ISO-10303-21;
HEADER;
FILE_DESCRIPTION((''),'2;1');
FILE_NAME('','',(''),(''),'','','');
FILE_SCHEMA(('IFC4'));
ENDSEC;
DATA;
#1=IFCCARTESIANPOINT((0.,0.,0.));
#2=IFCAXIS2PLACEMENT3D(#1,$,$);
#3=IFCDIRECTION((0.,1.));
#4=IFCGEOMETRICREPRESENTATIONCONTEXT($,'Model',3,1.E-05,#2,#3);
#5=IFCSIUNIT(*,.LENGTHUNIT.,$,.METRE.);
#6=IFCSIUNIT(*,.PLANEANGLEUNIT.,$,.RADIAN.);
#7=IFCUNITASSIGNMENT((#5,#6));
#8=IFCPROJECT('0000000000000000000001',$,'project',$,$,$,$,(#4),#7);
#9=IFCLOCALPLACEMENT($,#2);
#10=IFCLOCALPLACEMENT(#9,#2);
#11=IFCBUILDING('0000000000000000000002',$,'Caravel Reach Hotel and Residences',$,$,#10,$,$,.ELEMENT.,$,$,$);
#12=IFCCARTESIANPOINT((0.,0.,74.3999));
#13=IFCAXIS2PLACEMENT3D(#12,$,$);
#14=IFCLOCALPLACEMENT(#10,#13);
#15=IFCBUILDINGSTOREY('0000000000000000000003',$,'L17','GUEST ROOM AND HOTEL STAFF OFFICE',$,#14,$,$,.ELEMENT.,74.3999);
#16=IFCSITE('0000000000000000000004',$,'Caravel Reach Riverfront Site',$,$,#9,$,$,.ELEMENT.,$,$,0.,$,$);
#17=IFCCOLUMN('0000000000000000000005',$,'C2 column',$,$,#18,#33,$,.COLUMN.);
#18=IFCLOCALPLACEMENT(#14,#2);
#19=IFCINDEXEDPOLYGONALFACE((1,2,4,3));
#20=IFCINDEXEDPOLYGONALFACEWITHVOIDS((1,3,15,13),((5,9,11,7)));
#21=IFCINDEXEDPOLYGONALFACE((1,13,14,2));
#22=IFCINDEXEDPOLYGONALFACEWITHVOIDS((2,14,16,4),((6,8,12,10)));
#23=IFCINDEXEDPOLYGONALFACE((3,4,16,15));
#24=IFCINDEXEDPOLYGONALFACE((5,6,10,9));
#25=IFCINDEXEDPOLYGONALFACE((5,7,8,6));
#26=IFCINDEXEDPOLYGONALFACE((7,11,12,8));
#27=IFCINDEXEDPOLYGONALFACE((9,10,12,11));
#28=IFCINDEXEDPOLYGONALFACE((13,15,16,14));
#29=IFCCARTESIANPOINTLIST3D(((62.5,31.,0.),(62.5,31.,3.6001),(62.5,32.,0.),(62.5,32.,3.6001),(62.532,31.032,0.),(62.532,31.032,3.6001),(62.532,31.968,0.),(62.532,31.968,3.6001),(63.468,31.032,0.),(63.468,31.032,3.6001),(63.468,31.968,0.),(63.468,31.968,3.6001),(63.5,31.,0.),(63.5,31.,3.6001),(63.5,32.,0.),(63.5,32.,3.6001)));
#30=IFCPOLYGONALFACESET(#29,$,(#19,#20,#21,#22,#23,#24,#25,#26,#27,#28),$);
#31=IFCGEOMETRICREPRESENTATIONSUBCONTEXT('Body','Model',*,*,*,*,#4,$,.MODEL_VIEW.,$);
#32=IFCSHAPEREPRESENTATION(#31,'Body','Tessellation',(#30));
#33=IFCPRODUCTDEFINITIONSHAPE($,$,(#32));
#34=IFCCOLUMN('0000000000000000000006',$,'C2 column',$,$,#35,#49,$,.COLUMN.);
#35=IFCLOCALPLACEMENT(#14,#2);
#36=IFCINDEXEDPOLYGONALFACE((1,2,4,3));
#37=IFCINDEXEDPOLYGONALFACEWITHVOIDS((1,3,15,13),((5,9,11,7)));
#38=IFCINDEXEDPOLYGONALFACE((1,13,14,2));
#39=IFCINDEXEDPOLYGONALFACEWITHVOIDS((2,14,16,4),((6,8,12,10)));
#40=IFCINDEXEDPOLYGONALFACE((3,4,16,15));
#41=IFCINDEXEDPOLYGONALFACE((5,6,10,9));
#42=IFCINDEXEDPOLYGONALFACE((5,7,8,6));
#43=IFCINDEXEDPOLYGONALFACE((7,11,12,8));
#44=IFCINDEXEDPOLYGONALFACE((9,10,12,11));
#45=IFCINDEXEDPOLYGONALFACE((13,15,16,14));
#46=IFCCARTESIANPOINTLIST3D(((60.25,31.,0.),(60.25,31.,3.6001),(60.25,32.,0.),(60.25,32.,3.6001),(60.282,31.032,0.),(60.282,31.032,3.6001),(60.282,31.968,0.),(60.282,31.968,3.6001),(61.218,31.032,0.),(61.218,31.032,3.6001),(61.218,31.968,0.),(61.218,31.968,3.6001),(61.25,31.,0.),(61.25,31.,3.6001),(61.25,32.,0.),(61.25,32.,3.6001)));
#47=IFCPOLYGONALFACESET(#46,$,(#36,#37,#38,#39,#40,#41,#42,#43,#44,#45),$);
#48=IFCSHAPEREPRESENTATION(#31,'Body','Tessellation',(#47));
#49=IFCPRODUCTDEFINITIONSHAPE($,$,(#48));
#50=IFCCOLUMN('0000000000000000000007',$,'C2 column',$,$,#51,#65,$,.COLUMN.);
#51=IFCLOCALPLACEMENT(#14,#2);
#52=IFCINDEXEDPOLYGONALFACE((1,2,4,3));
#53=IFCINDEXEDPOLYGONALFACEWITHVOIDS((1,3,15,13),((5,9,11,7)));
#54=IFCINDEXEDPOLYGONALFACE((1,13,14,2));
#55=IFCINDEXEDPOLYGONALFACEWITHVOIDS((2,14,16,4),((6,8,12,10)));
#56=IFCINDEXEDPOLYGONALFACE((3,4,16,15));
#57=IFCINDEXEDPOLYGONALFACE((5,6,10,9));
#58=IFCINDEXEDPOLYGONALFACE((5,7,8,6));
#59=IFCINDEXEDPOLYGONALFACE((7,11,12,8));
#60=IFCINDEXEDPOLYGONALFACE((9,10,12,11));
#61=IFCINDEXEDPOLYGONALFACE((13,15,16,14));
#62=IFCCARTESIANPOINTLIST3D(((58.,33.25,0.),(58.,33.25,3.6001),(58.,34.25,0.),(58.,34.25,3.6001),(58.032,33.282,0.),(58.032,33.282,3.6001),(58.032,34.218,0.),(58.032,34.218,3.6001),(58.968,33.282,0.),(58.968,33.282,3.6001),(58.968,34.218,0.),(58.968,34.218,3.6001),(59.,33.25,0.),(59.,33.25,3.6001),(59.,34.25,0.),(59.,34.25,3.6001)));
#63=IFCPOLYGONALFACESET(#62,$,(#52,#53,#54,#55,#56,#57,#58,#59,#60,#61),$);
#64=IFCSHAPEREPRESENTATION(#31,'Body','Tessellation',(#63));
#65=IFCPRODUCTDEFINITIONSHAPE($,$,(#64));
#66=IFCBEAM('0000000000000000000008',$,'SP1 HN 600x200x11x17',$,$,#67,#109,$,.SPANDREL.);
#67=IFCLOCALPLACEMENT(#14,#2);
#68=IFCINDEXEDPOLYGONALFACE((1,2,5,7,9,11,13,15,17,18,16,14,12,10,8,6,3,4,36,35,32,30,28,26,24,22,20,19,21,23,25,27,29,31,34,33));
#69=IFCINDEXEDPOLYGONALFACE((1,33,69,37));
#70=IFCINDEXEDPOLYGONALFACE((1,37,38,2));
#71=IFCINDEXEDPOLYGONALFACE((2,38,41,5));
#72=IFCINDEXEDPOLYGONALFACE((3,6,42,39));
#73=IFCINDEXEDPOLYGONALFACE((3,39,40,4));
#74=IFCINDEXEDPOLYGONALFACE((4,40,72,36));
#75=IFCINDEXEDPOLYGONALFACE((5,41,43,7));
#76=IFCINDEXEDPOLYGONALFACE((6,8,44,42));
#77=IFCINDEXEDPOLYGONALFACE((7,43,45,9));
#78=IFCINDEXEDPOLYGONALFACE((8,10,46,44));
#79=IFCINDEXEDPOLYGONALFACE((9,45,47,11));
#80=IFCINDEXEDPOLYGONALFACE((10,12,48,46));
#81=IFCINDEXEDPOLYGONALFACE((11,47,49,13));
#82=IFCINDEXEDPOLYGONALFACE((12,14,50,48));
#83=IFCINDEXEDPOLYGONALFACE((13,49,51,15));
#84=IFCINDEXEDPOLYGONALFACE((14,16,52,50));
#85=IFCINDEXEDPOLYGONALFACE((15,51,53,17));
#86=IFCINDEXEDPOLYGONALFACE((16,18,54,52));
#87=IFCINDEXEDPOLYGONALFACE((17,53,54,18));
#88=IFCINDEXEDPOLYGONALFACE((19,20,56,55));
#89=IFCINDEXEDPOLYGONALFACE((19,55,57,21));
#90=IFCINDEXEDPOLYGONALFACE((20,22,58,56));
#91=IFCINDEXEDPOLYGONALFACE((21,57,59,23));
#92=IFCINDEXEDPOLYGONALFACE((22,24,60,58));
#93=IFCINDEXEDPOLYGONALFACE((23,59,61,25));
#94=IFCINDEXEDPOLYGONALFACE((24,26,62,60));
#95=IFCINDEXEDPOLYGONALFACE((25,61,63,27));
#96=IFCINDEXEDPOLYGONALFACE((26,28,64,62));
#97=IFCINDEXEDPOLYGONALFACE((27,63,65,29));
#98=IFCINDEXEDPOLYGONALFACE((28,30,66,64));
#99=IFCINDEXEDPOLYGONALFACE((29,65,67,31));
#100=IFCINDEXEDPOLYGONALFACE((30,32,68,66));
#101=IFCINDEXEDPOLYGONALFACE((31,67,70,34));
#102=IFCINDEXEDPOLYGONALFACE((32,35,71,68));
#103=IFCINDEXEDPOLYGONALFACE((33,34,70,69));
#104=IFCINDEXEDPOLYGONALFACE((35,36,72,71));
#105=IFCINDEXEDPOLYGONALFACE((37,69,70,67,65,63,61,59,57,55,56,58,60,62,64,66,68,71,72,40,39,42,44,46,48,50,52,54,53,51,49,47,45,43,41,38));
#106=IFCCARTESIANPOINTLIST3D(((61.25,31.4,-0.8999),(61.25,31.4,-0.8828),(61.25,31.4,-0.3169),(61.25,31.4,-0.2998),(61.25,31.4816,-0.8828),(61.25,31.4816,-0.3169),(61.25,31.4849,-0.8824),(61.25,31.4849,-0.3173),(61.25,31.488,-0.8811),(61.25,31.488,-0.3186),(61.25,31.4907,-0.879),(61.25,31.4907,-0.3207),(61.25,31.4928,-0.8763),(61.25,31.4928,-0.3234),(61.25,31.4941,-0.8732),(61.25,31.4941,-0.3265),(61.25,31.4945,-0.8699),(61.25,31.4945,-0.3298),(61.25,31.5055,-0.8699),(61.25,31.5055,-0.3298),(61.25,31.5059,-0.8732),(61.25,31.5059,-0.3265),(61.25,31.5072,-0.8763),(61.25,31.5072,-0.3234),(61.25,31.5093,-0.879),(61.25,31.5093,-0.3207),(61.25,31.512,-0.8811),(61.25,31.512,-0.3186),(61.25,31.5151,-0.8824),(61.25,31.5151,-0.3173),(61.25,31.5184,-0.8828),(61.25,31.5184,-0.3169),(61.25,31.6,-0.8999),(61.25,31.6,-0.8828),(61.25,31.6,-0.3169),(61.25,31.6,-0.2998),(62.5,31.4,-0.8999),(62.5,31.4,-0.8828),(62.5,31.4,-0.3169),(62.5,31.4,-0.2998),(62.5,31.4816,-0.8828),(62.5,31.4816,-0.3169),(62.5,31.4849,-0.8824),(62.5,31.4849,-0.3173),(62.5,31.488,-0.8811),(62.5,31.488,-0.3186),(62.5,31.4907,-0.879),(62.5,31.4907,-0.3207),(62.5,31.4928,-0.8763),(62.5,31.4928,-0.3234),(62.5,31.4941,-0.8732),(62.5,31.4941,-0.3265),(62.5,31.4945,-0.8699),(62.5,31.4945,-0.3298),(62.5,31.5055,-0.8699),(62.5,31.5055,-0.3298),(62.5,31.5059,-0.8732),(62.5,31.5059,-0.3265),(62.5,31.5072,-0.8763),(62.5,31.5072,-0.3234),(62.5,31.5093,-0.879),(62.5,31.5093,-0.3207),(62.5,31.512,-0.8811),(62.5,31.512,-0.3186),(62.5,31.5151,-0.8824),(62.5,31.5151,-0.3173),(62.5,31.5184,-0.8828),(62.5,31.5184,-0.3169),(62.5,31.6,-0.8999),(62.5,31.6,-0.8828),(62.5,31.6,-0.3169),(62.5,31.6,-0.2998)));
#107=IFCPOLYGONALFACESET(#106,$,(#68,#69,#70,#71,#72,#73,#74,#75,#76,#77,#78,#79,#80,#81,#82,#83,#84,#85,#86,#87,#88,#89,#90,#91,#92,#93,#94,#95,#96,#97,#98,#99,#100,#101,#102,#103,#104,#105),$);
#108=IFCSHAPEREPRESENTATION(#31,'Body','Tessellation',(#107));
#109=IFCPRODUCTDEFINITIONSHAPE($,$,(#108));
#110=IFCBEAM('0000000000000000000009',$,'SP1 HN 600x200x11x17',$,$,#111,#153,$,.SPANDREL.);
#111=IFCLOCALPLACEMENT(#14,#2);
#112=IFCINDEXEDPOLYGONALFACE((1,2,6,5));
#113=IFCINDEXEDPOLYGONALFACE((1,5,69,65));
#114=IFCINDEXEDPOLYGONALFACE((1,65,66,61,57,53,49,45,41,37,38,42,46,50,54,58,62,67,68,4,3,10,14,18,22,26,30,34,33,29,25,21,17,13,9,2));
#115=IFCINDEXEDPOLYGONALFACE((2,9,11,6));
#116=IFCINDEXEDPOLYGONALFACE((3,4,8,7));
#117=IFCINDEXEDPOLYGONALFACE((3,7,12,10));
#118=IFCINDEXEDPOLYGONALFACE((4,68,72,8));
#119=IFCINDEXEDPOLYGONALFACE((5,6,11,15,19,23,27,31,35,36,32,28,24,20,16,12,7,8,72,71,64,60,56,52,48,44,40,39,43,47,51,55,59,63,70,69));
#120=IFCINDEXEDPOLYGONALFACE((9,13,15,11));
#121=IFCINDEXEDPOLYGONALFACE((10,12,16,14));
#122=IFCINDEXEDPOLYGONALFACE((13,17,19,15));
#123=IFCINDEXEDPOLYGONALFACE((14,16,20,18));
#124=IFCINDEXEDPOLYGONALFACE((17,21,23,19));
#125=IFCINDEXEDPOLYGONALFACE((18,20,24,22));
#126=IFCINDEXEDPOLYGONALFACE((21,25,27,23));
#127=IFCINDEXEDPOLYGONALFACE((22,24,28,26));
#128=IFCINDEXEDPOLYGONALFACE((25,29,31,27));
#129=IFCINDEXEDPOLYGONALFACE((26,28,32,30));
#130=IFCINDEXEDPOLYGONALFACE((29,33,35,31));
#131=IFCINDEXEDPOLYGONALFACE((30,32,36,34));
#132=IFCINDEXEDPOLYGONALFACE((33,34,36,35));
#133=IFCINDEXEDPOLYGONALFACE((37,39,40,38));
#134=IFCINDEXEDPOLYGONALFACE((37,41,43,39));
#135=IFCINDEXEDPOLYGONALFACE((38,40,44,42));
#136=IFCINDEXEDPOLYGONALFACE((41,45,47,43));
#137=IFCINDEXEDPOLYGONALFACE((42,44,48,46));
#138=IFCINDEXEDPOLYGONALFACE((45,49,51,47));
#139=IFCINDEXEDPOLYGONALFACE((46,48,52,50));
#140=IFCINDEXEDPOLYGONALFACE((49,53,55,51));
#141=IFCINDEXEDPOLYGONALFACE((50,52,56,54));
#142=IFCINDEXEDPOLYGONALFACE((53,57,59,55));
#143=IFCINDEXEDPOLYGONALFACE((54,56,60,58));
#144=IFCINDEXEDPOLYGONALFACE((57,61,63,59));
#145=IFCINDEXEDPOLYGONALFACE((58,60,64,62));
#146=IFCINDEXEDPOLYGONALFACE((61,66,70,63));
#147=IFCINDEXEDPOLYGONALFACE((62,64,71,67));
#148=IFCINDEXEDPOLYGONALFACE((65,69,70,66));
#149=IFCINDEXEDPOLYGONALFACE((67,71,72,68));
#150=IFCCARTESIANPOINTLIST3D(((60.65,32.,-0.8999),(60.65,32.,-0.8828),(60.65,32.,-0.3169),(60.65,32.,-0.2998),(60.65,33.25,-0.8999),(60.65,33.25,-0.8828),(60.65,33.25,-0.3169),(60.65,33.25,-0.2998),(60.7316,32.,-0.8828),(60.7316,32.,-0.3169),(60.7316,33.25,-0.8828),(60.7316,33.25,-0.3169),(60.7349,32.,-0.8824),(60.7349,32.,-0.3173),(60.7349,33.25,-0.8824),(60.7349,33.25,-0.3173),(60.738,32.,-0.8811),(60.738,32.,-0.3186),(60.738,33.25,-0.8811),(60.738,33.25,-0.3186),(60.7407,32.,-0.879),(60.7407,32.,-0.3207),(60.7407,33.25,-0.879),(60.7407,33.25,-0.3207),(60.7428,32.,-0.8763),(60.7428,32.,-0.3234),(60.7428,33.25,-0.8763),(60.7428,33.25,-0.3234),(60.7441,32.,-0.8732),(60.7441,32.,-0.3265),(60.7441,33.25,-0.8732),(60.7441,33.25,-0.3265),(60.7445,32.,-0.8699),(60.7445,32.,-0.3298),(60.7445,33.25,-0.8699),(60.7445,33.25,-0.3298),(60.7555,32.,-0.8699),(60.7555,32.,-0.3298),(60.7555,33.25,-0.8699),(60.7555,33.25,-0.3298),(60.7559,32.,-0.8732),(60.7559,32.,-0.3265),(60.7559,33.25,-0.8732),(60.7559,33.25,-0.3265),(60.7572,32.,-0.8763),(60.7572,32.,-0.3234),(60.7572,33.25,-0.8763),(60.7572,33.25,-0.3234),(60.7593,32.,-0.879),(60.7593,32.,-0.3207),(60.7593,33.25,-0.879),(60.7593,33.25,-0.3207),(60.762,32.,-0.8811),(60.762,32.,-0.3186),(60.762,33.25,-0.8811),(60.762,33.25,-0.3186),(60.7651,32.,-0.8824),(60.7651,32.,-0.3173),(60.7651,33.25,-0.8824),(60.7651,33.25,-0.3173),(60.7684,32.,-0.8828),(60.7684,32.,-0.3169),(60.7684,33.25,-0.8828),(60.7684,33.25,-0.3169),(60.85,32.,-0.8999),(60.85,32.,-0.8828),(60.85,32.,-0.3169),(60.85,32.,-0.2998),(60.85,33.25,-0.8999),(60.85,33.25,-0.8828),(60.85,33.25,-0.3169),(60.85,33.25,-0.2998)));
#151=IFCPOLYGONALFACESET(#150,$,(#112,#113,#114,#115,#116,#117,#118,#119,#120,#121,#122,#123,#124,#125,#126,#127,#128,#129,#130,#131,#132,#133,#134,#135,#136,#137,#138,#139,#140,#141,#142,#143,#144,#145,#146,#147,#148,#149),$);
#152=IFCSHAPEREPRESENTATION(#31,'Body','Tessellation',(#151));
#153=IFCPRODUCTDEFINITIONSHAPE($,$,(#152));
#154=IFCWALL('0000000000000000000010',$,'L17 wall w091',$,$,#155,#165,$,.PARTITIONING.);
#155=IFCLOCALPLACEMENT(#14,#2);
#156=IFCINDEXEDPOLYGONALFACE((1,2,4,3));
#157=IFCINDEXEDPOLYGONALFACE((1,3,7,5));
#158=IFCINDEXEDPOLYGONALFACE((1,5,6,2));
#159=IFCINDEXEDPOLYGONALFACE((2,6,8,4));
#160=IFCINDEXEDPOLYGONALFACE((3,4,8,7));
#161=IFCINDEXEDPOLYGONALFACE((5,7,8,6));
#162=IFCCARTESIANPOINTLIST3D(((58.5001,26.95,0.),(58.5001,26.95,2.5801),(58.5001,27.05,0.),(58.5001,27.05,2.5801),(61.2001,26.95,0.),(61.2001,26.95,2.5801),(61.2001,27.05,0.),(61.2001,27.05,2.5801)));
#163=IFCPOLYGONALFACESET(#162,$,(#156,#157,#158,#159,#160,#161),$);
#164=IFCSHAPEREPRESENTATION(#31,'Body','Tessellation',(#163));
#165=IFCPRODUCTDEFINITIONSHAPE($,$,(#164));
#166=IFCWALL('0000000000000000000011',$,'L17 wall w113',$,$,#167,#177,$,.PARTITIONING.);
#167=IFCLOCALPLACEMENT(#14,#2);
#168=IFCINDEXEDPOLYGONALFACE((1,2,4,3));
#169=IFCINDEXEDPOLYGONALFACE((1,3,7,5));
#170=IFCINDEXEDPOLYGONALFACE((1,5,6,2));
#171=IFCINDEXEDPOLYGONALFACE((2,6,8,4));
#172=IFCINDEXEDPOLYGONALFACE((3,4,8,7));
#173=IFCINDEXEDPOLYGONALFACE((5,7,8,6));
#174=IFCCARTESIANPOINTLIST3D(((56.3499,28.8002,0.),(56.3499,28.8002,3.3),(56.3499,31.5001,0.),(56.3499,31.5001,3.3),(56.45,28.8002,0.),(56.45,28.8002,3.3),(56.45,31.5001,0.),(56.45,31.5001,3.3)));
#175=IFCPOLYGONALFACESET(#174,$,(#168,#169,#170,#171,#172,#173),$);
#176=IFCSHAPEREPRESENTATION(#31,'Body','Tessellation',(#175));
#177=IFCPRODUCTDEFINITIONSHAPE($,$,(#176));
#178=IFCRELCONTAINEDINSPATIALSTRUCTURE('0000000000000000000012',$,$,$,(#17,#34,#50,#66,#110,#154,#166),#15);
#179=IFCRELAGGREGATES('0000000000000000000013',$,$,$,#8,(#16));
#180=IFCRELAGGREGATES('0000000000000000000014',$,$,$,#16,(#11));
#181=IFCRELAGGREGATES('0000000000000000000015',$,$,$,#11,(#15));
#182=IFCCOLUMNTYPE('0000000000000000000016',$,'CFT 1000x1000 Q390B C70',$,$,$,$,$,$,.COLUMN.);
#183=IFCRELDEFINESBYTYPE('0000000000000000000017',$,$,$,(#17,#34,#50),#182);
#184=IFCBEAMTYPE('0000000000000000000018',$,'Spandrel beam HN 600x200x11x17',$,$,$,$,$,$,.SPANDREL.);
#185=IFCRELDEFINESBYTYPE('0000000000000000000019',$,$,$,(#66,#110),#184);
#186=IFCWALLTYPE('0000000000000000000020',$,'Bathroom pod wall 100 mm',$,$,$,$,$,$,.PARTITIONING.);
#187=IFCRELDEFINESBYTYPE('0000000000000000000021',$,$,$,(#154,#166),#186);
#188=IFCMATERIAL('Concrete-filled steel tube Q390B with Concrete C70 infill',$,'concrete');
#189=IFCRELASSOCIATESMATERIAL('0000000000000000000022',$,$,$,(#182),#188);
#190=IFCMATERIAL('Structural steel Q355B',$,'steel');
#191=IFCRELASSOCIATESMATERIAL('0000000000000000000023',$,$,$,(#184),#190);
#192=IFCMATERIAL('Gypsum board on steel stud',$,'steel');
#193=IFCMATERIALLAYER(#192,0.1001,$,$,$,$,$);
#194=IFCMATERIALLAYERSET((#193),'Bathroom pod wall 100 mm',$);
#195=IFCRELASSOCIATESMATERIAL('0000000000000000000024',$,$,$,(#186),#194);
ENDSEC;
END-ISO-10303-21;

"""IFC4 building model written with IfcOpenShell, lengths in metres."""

from ifc_helpers import new_model, si_unit, direction, frame, frame_2d, origin, origin_2d, place, context, subcontext, project, spatial, rectangle, hollow_rectangle, i_section, extrude, material, layer, layer_set, material_profile, profile_set, type_object, element, save


model = new_model("IFC4")

# Units and contexts
model_context = context("Model", 3, precision=1e-05, world=origin(), true_north=direction((0.0, 1.0)))
body_context = subcontext(model_context, "Body", "Model", "MODEL_VIEW")
ifc_project = project(units=[si_unit("LENGTHUNIT", "METRE"), si_unit("PLANEANGLEUNIT", "RADIAN")], contexts=[model_context])

# Site, building, storey
site_placement = place(None, origin())
site = spatial("IfcSite", under=ifc_project, at=site_placement, Name="Caravel Reach Riverfront Site", CompositionType="ELEMENT", RefElevation=0.0)
building_placement = place(site_placement, origin())
building = spatial("IfcBuilding", under=site, at=building_placement, Name="Caravel Reach Hotel and Residences", CompositionType="ELEMENT")
storey_placement = place(building_placement, frame((0.0, 0.0, 74.3999)))
storey = spatial("IfcBuildingStorey", under=building, at=storey_placement, Name="L17", Description="GUEST ROOM AND HOTEL STAFF OFFICE", CompositionType="ELEMENT", Elevation=74.3999)

# Columns
ifc_material_1 = material(Name="Concrete-filled steel tube Q390B with Concrete C70 infill", Category="concrete")
ifc_material_profile_1 = material_profile(ifc_material_1, hollow_rectangle(XDim=1.0, YDim=1.0, WallThickness=0.032, at=origin_2d()), Name="RHS 1000x1000x32")
ifc_profile_set_1 = profile_set([ifc_material_profile_1], Name="Concrete-filled steel tube Q390B with Concrete C70 infill")
column_type = type_object("IfcColumnType", Name="CFT 1000x1000 Q390B C70", PredefinedType="COLUMN", material=ifc_profile_set_1)
for number, where, z_axis, x_axis, name in (
    (1, (63.0, 31.5, 0.0), (0.0, 0.0, 1.0), (1.0, 0.0, 0.0), "C2 column"),
    (2, (60.75, 31.5, 0.0), (0.0, 0.0, 1.0), (1.0, 0.0, 0.0), "C2 column"),
    (3, (58.5, 33.75, 0.0), (0.0, 0.0, 1.0), (1.0, 0.0, 0.0), "C2 column"),
):
    element("IfcColumn", number, at=place(storey_placement, frame(where, z_axis=z_axis, x_axis=x_axis)), inside=storey, type_object=column_type, Name=name, PredefinedType="COLUMN", context=body_context, shape_type="SweptSolid", body=[
        extrude(hollow_rectangle(XDim=1.0, YDim=1.0, WallThickness=0.032, at=origin_2d()), origin(), (0.0, 0.0, 1.0), 3.6001),
    ])

# Beams
ifc_material_2 = material(Name="Structural steel Q355B", Category="steel")
ifc_material_profile_2 = material_profile(ifc_material_2, i_section(OverallWidth=0.2, OverallDepth=0.6001, WebThickness=0.011, FlangeThickness=0.0171, FilletRadius=0.0129, at=origin_2d()), Name="HN 600x200x11x17")
ifc_profile_set_2 = profile_set([ifc_material_profile_2], Name="Structural steel Q355B")
beam_type = type_object("IfcBeamType", Name="Spandrel beam HN 600x200x11x17", PredefinedType="SPANDREL", material=ifc_profile_set_2)
for number, where, z_axis, x_axis, name in (
    (4, (62.5, 31.5, -0.5999), (-1.0, 0.0, 0.0), (0.0, -1.0, 0.0), "SP1 HN 600x200x11x17"),
    (5, (60.75, 32.0, -0.5999), (0.0, 1.0, 0.0), (-1.0, 0.0, 0.0), "SP1 HN 600x200x11x17"),
):
    element("IfcBeam", number, at=place(storey_placement, frame(where, z_axis=z_axis, x_axis=x_axis)), inside=storey, type_object=beam_type, Name=name, PredefinedType="SPANDREL", context=body_context, shape_type="SweptSolid", body=[
        extrude(i_section(OverallWidth=0.2, OverallDepth=0.6001, WebThickness=0.011, FlangeThickness=0.0171, FilletRadius=0.0129, at=origin_2d()), origin(), (0.0, 0.0, 1.0), 1.25),
    ])

# Walls
ifc_material_3 = material(Name="Gypsum board on steel stud", Category="steel")
ifc_layer_1 = layer(ifc_material_3, 0.1001)
ifc_layer_set_1 = layer_set([ifc_layer_1], Name="Bathroom pod wall 100 mm")
wall_type_1 = type_object("IfcWallType", Name="Bathroom pod wall 100 mm", PredefinedType="PARTITIONING", material=ifc_layer_set_1)
wall_1_placement = place(storey_placement, frame((58.5, 27.0, 0.0), z_axis=(0.0, 0.0, 1.0), x_axis=(1.0, 0.0, 0.0)))
element("IfcWall", 6, at=wall_1_placement, inside=storey, type_object=wall_type_1, Name="L17 wall w091", PredefinedType="PARTITIONING", context=body_context, shape_type="SweptSolid", body=[
    extrude(rectangle(XDim=2.7, YDim=0.1001, at=frame_2d((1.3501, 0.0))), origin(), (0.0, 0.0, 1.0), 2.5801),
])
wall_2_placement = place(storey_placement, frame((56.3999, 28.8, 0.0), z_axis=(0.0, 0.0, 1.0), x_axis=(0.0, 1.0, 0.0)))
element("IfcWall", 7, at=wall_2_placement, inside=storey, type_object=wall_type_1, Name="L17 wall w113", PredefinedType="PARTITIONING", context=body_context, shape_type="SweptSolid", body=[
    extrude(rectangle(XDim=2.7, YDim=0.1001, at=frame_2d((1.3501, 0.0))), origin(), (0.0, 0.0, 1.0), 3.3),
])

save(model, "model.ifc")
